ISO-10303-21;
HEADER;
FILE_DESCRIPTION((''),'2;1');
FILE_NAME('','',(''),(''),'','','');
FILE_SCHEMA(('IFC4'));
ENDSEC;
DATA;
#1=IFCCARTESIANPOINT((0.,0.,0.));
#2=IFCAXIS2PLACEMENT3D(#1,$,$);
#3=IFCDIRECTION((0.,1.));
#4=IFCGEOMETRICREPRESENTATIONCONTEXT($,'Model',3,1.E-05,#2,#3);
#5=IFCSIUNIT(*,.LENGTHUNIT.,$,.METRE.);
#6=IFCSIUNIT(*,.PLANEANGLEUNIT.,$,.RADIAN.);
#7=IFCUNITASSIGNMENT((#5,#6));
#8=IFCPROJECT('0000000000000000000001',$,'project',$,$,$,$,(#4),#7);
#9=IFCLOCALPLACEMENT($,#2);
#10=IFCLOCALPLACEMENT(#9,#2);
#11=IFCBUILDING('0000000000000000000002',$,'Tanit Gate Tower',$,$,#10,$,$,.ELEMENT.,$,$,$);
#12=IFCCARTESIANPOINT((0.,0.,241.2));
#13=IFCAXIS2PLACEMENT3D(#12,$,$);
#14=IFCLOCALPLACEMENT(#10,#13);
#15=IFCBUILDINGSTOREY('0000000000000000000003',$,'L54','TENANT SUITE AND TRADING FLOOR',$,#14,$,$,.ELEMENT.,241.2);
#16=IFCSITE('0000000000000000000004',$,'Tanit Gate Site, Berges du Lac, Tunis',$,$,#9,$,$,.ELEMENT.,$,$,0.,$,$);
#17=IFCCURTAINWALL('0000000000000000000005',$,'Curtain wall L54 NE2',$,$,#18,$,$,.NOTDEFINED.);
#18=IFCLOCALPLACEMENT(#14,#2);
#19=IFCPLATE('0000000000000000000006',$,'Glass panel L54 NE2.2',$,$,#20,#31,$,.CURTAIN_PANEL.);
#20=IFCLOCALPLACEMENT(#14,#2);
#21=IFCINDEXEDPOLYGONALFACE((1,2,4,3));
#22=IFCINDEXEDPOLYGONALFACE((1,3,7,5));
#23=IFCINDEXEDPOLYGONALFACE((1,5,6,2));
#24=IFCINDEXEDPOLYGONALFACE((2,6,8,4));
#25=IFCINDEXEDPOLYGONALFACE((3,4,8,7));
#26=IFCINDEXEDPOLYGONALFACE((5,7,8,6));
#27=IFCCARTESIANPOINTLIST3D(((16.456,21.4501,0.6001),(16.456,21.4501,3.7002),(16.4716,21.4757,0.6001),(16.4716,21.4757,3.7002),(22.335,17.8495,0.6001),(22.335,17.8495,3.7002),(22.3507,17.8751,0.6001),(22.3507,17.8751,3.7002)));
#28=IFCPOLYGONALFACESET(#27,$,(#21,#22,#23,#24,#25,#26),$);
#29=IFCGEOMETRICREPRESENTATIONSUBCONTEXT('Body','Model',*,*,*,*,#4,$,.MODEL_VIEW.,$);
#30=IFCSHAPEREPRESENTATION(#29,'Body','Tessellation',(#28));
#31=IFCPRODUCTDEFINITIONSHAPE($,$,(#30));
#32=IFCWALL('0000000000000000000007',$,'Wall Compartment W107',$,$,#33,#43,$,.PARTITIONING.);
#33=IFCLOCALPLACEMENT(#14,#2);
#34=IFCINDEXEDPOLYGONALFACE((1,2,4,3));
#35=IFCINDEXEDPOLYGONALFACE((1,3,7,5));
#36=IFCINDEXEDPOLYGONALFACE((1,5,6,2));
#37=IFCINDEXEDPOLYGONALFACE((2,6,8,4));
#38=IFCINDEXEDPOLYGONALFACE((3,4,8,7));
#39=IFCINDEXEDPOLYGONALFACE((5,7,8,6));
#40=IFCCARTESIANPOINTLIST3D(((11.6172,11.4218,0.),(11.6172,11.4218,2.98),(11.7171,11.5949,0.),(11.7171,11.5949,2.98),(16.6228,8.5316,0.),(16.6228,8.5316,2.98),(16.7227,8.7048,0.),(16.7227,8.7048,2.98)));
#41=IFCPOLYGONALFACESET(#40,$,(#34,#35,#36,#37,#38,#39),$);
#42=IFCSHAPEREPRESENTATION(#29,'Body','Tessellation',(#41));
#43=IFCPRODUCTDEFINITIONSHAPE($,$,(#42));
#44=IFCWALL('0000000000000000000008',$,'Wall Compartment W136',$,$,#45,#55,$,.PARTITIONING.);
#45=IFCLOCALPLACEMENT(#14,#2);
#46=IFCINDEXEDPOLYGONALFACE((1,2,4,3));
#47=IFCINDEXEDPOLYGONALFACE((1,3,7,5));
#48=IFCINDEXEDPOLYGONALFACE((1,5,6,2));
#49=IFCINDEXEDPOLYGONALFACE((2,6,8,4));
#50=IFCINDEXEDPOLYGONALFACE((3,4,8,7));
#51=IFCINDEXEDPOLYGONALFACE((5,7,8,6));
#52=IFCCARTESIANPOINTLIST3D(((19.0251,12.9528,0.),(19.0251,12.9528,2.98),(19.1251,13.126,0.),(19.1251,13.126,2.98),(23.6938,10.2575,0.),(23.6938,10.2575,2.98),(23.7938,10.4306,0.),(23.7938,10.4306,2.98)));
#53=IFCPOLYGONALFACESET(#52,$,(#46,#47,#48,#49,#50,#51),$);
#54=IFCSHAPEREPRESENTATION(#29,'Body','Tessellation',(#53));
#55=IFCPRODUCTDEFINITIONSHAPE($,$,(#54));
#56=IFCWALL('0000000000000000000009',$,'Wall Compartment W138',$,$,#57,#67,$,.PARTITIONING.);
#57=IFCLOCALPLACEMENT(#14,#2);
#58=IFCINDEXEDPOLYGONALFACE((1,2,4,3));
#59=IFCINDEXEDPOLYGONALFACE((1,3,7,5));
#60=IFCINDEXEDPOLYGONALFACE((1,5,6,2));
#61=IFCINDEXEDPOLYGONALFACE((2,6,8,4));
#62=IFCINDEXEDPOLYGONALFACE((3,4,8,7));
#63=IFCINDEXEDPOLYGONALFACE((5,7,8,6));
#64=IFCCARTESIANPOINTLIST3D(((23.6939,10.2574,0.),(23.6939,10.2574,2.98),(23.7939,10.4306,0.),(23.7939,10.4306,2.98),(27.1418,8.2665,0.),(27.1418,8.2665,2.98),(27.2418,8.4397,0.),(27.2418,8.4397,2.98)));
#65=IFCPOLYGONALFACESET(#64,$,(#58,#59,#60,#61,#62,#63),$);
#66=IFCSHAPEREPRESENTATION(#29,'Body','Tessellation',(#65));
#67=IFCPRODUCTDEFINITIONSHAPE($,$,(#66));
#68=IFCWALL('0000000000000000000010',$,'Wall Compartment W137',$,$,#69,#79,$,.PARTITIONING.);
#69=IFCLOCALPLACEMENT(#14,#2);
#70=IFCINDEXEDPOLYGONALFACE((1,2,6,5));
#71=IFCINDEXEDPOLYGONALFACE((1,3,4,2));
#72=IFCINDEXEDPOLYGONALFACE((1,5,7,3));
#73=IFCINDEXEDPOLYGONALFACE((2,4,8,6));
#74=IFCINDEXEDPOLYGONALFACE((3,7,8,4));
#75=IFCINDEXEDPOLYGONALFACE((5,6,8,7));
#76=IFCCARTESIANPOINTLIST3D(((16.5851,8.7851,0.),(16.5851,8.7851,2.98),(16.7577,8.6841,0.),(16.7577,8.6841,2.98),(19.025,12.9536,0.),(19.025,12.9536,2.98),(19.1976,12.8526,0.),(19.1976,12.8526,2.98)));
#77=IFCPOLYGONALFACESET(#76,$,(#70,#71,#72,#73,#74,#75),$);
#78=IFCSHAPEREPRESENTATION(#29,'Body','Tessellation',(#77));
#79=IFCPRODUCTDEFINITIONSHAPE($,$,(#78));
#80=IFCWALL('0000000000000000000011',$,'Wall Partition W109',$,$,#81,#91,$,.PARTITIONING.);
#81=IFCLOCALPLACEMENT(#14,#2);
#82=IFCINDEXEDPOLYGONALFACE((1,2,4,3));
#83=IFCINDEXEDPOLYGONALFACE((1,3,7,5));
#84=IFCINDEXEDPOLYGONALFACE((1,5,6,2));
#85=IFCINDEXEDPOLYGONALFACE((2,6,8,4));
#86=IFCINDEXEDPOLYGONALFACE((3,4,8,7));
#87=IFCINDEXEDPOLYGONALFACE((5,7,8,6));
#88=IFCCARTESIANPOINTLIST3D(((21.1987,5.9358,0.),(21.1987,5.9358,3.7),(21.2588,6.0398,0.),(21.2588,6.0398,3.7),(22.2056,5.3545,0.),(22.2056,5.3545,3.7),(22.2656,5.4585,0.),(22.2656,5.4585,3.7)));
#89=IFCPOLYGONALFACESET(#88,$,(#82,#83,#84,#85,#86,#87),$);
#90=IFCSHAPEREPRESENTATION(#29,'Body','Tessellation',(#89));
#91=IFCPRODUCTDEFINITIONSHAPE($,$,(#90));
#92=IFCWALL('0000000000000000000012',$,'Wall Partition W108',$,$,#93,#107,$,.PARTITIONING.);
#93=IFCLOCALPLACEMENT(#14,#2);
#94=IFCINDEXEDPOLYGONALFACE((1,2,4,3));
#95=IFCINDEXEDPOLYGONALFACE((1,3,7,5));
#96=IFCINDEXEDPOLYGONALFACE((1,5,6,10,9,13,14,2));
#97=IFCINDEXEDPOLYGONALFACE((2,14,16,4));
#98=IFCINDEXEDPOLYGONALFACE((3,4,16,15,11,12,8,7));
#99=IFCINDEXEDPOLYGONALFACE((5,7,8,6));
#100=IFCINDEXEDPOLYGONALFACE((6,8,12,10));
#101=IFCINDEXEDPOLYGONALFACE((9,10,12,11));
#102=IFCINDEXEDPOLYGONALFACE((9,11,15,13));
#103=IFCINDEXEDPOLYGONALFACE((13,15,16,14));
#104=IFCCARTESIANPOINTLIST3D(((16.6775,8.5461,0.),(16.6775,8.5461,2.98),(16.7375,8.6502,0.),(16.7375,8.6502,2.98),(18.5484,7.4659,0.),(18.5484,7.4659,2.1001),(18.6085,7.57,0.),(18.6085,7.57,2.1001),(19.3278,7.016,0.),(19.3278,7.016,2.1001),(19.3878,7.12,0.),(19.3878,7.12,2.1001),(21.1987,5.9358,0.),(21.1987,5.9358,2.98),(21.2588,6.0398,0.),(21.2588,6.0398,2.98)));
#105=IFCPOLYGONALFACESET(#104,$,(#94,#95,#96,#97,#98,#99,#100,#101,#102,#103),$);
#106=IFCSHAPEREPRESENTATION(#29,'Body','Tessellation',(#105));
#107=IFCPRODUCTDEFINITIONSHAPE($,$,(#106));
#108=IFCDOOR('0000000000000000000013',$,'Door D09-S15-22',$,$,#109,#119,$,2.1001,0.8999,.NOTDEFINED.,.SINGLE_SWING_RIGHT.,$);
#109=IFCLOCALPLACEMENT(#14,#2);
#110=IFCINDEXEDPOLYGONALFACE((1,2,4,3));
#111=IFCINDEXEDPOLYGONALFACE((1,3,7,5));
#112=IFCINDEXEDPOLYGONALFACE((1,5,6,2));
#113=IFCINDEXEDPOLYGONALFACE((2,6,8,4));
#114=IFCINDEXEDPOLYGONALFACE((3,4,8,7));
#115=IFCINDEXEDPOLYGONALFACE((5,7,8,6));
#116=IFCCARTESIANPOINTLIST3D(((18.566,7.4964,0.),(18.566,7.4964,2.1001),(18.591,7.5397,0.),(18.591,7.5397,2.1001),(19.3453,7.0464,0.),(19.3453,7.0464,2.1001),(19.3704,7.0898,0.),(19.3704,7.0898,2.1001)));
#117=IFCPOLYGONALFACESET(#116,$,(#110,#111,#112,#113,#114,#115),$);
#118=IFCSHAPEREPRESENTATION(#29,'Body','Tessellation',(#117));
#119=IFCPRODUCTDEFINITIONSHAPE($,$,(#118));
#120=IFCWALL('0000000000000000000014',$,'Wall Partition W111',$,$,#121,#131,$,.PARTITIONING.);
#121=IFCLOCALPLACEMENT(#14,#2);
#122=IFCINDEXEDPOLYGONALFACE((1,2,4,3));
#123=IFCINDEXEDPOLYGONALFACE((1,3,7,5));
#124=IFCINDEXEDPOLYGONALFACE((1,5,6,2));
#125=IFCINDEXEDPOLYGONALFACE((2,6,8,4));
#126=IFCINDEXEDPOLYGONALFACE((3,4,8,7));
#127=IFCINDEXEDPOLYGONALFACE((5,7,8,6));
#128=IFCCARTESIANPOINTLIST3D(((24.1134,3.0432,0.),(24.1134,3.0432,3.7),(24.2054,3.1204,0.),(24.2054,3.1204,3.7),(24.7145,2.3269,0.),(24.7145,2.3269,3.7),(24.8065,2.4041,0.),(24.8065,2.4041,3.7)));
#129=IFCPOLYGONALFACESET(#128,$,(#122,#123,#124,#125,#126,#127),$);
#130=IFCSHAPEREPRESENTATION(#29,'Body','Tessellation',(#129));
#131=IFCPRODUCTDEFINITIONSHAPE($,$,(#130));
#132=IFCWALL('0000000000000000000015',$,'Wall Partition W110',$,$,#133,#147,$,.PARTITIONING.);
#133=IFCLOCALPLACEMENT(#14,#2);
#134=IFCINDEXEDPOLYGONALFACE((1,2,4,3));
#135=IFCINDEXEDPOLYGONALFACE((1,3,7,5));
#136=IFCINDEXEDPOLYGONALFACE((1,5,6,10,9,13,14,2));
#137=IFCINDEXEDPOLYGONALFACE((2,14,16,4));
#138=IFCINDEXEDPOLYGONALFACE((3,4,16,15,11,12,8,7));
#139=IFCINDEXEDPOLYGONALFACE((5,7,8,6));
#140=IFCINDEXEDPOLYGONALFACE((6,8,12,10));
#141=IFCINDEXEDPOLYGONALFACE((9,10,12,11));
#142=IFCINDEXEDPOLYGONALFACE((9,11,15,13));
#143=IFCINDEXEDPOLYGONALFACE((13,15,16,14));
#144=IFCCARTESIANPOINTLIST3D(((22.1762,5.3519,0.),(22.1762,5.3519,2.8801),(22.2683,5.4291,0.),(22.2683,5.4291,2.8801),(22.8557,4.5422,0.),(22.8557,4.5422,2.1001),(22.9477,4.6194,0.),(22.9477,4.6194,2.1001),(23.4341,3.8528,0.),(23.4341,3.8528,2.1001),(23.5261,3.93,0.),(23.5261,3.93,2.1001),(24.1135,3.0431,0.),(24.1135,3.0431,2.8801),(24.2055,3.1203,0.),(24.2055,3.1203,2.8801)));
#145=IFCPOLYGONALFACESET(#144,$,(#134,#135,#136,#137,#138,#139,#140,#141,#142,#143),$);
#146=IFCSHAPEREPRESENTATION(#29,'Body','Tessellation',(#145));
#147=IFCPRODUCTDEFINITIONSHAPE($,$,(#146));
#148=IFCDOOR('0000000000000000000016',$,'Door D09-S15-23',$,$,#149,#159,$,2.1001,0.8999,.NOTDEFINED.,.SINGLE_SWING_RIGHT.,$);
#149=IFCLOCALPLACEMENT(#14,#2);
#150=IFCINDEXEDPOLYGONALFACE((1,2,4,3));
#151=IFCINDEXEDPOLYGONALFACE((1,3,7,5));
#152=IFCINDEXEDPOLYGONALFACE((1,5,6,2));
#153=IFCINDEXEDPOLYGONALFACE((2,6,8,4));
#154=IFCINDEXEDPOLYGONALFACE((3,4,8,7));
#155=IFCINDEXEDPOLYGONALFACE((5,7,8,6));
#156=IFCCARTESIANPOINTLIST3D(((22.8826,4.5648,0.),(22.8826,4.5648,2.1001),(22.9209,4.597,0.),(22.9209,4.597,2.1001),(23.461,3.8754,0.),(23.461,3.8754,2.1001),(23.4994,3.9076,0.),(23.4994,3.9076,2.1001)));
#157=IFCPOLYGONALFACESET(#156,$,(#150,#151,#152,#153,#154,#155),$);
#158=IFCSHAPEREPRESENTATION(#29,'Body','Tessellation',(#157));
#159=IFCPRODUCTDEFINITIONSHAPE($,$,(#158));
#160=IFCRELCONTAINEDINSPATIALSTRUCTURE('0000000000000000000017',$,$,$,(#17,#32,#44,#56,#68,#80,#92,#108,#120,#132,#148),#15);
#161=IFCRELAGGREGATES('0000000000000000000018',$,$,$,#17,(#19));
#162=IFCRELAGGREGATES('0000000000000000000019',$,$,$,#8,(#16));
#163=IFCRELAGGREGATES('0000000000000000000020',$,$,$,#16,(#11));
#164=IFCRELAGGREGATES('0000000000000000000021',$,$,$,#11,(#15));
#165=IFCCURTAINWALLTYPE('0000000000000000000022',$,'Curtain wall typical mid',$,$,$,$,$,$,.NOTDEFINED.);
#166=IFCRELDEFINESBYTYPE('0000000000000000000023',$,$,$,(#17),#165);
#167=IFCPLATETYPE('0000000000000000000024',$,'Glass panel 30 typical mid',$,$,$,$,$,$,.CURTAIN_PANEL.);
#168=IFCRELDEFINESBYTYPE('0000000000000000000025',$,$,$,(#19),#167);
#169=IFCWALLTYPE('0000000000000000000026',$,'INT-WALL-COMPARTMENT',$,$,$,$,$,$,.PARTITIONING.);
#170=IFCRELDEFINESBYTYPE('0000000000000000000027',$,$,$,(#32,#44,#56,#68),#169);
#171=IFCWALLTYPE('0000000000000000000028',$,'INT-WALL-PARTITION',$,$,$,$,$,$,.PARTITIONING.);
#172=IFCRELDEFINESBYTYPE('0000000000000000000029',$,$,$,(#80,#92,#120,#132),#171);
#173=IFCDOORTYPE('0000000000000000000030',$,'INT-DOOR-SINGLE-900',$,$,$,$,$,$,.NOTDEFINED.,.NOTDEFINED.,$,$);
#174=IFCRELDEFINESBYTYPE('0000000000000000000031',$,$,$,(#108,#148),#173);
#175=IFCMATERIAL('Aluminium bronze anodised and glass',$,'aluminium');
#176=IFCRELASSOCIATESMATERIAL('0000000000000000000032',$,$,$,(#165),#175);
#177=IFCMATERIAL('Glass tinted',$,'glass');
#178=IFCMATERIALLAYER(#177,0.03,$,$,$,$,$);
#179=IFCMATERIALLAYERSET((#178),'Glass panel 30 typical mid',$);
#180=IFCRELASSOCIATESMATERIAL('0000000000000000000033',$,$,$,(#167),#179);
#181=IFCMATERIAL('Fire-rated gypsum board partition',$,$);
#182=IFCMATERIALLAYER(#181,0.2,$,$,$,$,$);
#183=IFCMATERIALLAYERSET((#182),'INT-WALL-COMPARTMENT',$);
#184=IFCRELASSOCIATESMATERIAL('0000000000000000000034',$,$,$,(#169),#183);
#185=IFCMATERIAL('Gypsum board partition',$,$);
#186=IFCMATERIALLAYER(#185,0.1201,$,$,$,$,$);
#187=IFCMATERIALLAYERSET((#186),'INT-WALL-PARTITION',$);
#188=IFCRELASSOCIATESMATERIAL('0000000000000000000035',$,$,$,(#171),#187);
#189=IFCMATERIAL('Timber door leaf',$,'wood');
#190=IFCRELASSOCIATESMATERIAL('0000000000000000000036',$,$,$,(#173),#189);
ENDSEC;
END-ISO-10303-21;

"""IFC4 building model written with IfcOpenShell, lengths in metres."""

from ifc_helpers import new_model, si_unit, direction, frame, frame_2d, origin, origin_2d, place, context, subcontext, project, spatial, rectangle, extrude, material, layer, layer_set, type_object, element, fill, aggregate, save


model = new_model("IFC4")

# Units and contexts
model_context = context("Model", 3, precision=1e-05, world=origin(), true_north=direction((0.0, 1.0)))
body_context = subcontext(model_context, "Body", "Model", "MODEL_VIEW")
ifc_project = project(units=[si_unit("LENGTHUNIT", "METRE"), si_unit("PLANEANGLEUNIT", "RADIAN")], contexts=[model_context])

# Site, building, storey
site_placement = place(None, origin())
site = spatial("IfcSite", under=ifc_project, at=site_placement, Name="Tanit Gate Site, Berges du Lac, Tunis", CompositionType="ELEMENT", RefElevation=0.0)
building_placement = place(site_placement, origin())
building = spatial("IfcBuilding", under=site, at=building_placement, Name="Tanit Gate Tower", CompositionType="ELEMENT")
storey_placement = place(building_placement, frame((0.0, 0.0, 241.2)))
storey = spatial("IfcBuildingStorey", under=building, at=storey_placement, Name="L54", Description="TENANT SUITE AND TRADING FLOOR", CompositionType="ELEMENT", Elevation=241.2)

# Curtain wall
ifc_material_1 = material(Name="Aluminium bronze anodised and glass", Category="aluminium")
curtain_wall_type = type_object("IfcCurtainWallType", Name="Curtain wall typical mid", PredefinedType="NOTDEFINED", material=ifc_material_1)
curtain_wall_placement = place(storey_placement, origin())
curtain_wall = element("IfcCurtainWall", 1, at=curtain_wall_placement, inside=storey, type_object=curtain_wall_type, Name="Curtain wall L54 NE2", PredefinedType="NOTDEFINED")

# Plate
ifc_material_2 = material(Name="Glass tinted", Category="glass")
ifc_layer_1 = layer(ifc_material_2, 0.03)
ifc_layer_set_1 = layer_set([ifc_layer_1], Name="Glass panel 30 typical mid")
plate_type = type_object("IfcPlateType", Name="Glass panel 30 typical mid", PredefinedType="CURTAIN_PANEL", material=ifc_layer_set_1)
plate_placement = place(storey_placement, frame((19.4033, 19.6626, 0.6001), z_axis=(0.0, 0.0, 1.0), x_axis=(-0.852772, 0.522283, 0.0)))
plate = element("IfcPlate", 2, at=plate_placement, type_object=plate_type, Name="Glass panel L54 NE2.2", PredefinedType="CURTAIN_PANEL", context=body_context, shape_type="SweptSolid", body=[
    extrude(rectangle(XDim=6.894, YDim=0.03, at=origin_2d()), origin(), (0.0, 0.0, 1.0), 3.1001),
])
aggregate(curtain_wall, [plate])

# Walls
ifc_material_3 = material(Name="Fire-rated gypsum board partition")
ifc_layer_2 = layer(ifc_material_3, 0.2)
ifc_layer_set_2 = layer_set([ifc_layer_2], Name="INT-WALL-COMPARTMENT")
wall_type_1 = type_object("IfcWallType", Name="INT-WALL-COMPARTMENT", PredefinedType="PARTITIONING", material=ifc_layer_set_2)
wall_1_placement = place(storey_placement, frame((16.6729, 8.6182, 0.0), z_axis=(0.0, 0.0, 1.0), x_axis=(-0.866015, 0.500019, 0.0)))
element("IfcWall", 3, at=wall_1_placement, inside=storey, type_object=wall_type_1, Name="Wall Compartment W107", PredefinedType="PARTITIONING", context=body_context, shape_type="SweptSolid", body=[
    extrude(rectangle(XDim=5.78, YDim=0.2, at=frame_2d((2.8901, 0.0))), origin(), (0.0, 0.0, 1.0), 2.98),
])
wall_2_placement = place(storey_placement, frame((19.0752, 13.0393, 0.0), z_axis=(0.0, 0.0, 1.0), x_axis=(0.866039, -0.499977, 0.0)))
element("IfcWall", 4, at=wall_2_placement, inside=storey, type_object=wall_type_1, Name="Wall Compartment W136", PredefinedType="PARTITIONING", context=body_context, shape_type="SweptSolid", body=[
    extrude(rectangle(XDim=5.3909, YDim=0.2, at=frame_2d((2.6953, 0.0))), origin(), (0.0, 0.0, 1.0), 2.98),
])
wall_3_placement = place(storey_placement, frame((23.7439, 10.344, 0.0), z_axis=(0.0, 0.0, 1.0), x_axis=(0.865997, -0.50005, 0.0)))
element("IfcWall", 5, at=wall_3_placement, inside=storey, type_object=wall_type_1, Name="Wall Compartment W138", PredefinedType="PARTITIONING", context=body_context, shape_type="SweptSolid", body=[
    extrude(rectangle(XDim=3.9814, YDim=0.2, at=frame_2d((1.9907, 0.0))), origin(), (0.0, 0.0, 1.0), 2.98),
])
wall_4_placement = place(storey_placement, frame((19.1113, 12.9031, 0.0), z_axis=(0.0, 0.0, 1.0), x_axis=(-0.505159, -0.863026, 0.0)))
element("IfcWall", 6, at=wall_4_placement, inside=storey, type_object=wall_type_1, Name="Wall Compartment W137", PredefinedType="PARTITIONING", context=body_context, shape_type="SweptSolid", body=[
    extrude(rectangle(XDim=4.8301, YDim=0.2, at=frame_2d((2.415, 0.0))), origin(), (0.0, 0.0, 1.0), 2.98),
])
ifc_material_4 = material(Name="Gypsum board partition")
ifc_layer_3 = layer(ifc_material_4, 0.1201)
ifc_layer_set_3 = layer_set([ifc_layer_3], Name="INT-WALL-PARTITION")
wall_type_2 = type_object("IfcWallType", Name="INT-WALL-PARTITION", PredefinedType="PARTITIONING", material=ifc_layer_set_3)
wall_5_placement = place(storey_placement, frame((22.2356, 5.4065, 0.0), z_axis=(0.0, 0.0, 1.0), x_axis=(-0.866025, 0.500001, 0.0)))
element("IfcWall", 7, at=wall_5_placement, inside=storey, type_object=wall_type_2, Name="Wall Partition W109", PredefinedType="PARTITIONING", context=body_context, shape_type="SweptSolid", body=[
    extrude(rectangle(XDim=1.1626, YDim=0.1201, at=frame_2d((0.5813, 0.0))), origin(), (0.0, 0.0, 1.0), 3.7),
])

# Wall, opening, door
wall_6_placement = place(storey_placement, frame((21.2288, 5.9878, 0.0), z_axis=(0.0, 0.0, 1.0), x_axis=(-0.866024, 0.500002, 0.0)))
wall_6 = element("IfcWall", 8, at=wall_6_placement, inside=storey, type_object=wall_type_2, Name="Wall Partition W108", PredefinedType="PARTITIONING", context=body_context, shape_type="SweptSolid", body=[
    extrude(rectangle(XDim=5.2207, YDim=0.1201, at=frame_2d((2.6104, 0.0))), origin(), (0.0, 0.0, 1.0), 2.98),
])
opening_1_placement = place(wall_6_placement, frame((2.1604, 0.0, 0.0)))
opening_1 = element("IfcOpeningElement", 9, at=opening_1_placement, cuts=wall_6, PredefinedType="OPENING", context=body_context, shape_type="SweptSolid", body=[
    extrude(rectangle(XDim=0.8999, YDim=2.1001, at=frame_2d((0.45, 1.05))), frame((0.0, 0.0701, 0.0), z_axis=(0.0, -1.0, 0.0), x_axis=(1.0, 0.0, 0.0)), (0.0, 0.0, 1.0), 0.1401),
])
ifc_material_5 = material(Name="Timber door leaf", Category="wood")
door_type_1 = type_object("IfcDoorType", Name="INT-DOOR-SINGLE-900", OperationType="NOTDEFINED", PredefinedType="NOTDEFINED", material=ifc_material_5)
door_1_placement = place(opening_1_placement, origin())
door_1 = element("IfcDoor", 10, at=door_1_placement, inside=storey, type_object=door_type_1, Name="Door D09-S15-22", OperationType="SINGLE_SWING_RIGHT", OverallHeight=2.1001, OverallWidth=0.8999, PredefinedType="NOTDEFINED", context=body_context, shape_type="SweptSolid", body=[
    extrude(rectangle(XDim=0.8999, YDim=2.1001, at=frame_2d((0.45, 1.05))), frame((0.0, 0.0249, 0.0), z_axis=(0.0, -1.0, 0.0), x_axis=(1.0, 0.0, 0.0)), (0.0, 0.0, 1.0), 0.05),
])
fill(opening_1, door_1)

# Wall
wall_7_placement = place(storey_placement, frame((24.7605, 2.3655, 0.0), z_axis=(0.0, 0.0, 1.0), x_axis=(-0.6428, 0.766034, 0.0)))
element("IfcWall", 11, at=wall_7_placement, inside=storey, type_object=wall_type_2, Name="Wall Partition W111", PredefinedType="PARTITIONING", context=body_context, shape_type="SweptSolid", body=[
    extrude(rectangle(XDim=0.9351, YDim=0.1201, at=frame_2d((0.4675, 0.0))), origin(), (0.0, 0.0, 1.0), 3.7),
])

# Wall, opening, door
wall_8_placement = place(storey_placement, frame((24.1594, 3.0818, 0.0), z_axis=(0.0, 0.0, 1.0), x_axis=(-0.64277, 0.766059, 0.0)))
wall_8 = element("IfcWall", 12, at=wall_8_placement, inside=storey, type_object=wall_type_2, Name="Wall Partition W110", PredefinedType="PARTITIONING", context=body_context, shape_type="SweptSolid", body=[
    extrude(rectangle(XDim=3.0139, YDim=0.1201, at=frame_2d((1.5068, 0.0))), origin(), (0.0, 0.0, 1.0), 2.8801),
])
opening_2_placement = place(wall_8_placement, frame((1.0569, 0.0, 0.0)))
opening_2 = element("IfcOpeningElement", 13, at=opening_2_placement, cuts=wall_8, PredefinedType="OPENING", context=body_context, shape_type="SweptSolid", body=[
    extrude(rectangle(XDim=0.8999, YDim=2.1001, at=frame_2d((0.45, 1.05))), frame((0.0, 0.0701, 0.0), z_axis=(0.0, -1.0, 0.0), x_axis=(1.0, 0.0, 0.0)), (0.0, 0.0, 1.0), 0.1401),
])
door_2_placement = place(opening_2_placement, origin())
door_2 = element("IfcDoor", 14, at=door_2_placement, inside=storey, type_object=door_type_1, Name="Door D09-S15-23", OperationType="SINGLE_SWING_RIGHT", OverallHeight=2.1001, OverallWidth=0.8999, PredefinedType="NOTDEFINED", context=body_context, shape_type="SweptSolid", body=[
    extrude(rectangle(XDim=0.8999, YDim=2.1001, at=frame_2d((0.45, 1.05))), frame((0.0, 0.0249, 0.0), z_axis=(0.0, -1.0, 0.0), x_axis=(1.0, 0.0, 0.0)), (0.0, 0.0, 1.0), 0.05),
])
fill(opening_2, door_2)

save(model, "model.ifc")
